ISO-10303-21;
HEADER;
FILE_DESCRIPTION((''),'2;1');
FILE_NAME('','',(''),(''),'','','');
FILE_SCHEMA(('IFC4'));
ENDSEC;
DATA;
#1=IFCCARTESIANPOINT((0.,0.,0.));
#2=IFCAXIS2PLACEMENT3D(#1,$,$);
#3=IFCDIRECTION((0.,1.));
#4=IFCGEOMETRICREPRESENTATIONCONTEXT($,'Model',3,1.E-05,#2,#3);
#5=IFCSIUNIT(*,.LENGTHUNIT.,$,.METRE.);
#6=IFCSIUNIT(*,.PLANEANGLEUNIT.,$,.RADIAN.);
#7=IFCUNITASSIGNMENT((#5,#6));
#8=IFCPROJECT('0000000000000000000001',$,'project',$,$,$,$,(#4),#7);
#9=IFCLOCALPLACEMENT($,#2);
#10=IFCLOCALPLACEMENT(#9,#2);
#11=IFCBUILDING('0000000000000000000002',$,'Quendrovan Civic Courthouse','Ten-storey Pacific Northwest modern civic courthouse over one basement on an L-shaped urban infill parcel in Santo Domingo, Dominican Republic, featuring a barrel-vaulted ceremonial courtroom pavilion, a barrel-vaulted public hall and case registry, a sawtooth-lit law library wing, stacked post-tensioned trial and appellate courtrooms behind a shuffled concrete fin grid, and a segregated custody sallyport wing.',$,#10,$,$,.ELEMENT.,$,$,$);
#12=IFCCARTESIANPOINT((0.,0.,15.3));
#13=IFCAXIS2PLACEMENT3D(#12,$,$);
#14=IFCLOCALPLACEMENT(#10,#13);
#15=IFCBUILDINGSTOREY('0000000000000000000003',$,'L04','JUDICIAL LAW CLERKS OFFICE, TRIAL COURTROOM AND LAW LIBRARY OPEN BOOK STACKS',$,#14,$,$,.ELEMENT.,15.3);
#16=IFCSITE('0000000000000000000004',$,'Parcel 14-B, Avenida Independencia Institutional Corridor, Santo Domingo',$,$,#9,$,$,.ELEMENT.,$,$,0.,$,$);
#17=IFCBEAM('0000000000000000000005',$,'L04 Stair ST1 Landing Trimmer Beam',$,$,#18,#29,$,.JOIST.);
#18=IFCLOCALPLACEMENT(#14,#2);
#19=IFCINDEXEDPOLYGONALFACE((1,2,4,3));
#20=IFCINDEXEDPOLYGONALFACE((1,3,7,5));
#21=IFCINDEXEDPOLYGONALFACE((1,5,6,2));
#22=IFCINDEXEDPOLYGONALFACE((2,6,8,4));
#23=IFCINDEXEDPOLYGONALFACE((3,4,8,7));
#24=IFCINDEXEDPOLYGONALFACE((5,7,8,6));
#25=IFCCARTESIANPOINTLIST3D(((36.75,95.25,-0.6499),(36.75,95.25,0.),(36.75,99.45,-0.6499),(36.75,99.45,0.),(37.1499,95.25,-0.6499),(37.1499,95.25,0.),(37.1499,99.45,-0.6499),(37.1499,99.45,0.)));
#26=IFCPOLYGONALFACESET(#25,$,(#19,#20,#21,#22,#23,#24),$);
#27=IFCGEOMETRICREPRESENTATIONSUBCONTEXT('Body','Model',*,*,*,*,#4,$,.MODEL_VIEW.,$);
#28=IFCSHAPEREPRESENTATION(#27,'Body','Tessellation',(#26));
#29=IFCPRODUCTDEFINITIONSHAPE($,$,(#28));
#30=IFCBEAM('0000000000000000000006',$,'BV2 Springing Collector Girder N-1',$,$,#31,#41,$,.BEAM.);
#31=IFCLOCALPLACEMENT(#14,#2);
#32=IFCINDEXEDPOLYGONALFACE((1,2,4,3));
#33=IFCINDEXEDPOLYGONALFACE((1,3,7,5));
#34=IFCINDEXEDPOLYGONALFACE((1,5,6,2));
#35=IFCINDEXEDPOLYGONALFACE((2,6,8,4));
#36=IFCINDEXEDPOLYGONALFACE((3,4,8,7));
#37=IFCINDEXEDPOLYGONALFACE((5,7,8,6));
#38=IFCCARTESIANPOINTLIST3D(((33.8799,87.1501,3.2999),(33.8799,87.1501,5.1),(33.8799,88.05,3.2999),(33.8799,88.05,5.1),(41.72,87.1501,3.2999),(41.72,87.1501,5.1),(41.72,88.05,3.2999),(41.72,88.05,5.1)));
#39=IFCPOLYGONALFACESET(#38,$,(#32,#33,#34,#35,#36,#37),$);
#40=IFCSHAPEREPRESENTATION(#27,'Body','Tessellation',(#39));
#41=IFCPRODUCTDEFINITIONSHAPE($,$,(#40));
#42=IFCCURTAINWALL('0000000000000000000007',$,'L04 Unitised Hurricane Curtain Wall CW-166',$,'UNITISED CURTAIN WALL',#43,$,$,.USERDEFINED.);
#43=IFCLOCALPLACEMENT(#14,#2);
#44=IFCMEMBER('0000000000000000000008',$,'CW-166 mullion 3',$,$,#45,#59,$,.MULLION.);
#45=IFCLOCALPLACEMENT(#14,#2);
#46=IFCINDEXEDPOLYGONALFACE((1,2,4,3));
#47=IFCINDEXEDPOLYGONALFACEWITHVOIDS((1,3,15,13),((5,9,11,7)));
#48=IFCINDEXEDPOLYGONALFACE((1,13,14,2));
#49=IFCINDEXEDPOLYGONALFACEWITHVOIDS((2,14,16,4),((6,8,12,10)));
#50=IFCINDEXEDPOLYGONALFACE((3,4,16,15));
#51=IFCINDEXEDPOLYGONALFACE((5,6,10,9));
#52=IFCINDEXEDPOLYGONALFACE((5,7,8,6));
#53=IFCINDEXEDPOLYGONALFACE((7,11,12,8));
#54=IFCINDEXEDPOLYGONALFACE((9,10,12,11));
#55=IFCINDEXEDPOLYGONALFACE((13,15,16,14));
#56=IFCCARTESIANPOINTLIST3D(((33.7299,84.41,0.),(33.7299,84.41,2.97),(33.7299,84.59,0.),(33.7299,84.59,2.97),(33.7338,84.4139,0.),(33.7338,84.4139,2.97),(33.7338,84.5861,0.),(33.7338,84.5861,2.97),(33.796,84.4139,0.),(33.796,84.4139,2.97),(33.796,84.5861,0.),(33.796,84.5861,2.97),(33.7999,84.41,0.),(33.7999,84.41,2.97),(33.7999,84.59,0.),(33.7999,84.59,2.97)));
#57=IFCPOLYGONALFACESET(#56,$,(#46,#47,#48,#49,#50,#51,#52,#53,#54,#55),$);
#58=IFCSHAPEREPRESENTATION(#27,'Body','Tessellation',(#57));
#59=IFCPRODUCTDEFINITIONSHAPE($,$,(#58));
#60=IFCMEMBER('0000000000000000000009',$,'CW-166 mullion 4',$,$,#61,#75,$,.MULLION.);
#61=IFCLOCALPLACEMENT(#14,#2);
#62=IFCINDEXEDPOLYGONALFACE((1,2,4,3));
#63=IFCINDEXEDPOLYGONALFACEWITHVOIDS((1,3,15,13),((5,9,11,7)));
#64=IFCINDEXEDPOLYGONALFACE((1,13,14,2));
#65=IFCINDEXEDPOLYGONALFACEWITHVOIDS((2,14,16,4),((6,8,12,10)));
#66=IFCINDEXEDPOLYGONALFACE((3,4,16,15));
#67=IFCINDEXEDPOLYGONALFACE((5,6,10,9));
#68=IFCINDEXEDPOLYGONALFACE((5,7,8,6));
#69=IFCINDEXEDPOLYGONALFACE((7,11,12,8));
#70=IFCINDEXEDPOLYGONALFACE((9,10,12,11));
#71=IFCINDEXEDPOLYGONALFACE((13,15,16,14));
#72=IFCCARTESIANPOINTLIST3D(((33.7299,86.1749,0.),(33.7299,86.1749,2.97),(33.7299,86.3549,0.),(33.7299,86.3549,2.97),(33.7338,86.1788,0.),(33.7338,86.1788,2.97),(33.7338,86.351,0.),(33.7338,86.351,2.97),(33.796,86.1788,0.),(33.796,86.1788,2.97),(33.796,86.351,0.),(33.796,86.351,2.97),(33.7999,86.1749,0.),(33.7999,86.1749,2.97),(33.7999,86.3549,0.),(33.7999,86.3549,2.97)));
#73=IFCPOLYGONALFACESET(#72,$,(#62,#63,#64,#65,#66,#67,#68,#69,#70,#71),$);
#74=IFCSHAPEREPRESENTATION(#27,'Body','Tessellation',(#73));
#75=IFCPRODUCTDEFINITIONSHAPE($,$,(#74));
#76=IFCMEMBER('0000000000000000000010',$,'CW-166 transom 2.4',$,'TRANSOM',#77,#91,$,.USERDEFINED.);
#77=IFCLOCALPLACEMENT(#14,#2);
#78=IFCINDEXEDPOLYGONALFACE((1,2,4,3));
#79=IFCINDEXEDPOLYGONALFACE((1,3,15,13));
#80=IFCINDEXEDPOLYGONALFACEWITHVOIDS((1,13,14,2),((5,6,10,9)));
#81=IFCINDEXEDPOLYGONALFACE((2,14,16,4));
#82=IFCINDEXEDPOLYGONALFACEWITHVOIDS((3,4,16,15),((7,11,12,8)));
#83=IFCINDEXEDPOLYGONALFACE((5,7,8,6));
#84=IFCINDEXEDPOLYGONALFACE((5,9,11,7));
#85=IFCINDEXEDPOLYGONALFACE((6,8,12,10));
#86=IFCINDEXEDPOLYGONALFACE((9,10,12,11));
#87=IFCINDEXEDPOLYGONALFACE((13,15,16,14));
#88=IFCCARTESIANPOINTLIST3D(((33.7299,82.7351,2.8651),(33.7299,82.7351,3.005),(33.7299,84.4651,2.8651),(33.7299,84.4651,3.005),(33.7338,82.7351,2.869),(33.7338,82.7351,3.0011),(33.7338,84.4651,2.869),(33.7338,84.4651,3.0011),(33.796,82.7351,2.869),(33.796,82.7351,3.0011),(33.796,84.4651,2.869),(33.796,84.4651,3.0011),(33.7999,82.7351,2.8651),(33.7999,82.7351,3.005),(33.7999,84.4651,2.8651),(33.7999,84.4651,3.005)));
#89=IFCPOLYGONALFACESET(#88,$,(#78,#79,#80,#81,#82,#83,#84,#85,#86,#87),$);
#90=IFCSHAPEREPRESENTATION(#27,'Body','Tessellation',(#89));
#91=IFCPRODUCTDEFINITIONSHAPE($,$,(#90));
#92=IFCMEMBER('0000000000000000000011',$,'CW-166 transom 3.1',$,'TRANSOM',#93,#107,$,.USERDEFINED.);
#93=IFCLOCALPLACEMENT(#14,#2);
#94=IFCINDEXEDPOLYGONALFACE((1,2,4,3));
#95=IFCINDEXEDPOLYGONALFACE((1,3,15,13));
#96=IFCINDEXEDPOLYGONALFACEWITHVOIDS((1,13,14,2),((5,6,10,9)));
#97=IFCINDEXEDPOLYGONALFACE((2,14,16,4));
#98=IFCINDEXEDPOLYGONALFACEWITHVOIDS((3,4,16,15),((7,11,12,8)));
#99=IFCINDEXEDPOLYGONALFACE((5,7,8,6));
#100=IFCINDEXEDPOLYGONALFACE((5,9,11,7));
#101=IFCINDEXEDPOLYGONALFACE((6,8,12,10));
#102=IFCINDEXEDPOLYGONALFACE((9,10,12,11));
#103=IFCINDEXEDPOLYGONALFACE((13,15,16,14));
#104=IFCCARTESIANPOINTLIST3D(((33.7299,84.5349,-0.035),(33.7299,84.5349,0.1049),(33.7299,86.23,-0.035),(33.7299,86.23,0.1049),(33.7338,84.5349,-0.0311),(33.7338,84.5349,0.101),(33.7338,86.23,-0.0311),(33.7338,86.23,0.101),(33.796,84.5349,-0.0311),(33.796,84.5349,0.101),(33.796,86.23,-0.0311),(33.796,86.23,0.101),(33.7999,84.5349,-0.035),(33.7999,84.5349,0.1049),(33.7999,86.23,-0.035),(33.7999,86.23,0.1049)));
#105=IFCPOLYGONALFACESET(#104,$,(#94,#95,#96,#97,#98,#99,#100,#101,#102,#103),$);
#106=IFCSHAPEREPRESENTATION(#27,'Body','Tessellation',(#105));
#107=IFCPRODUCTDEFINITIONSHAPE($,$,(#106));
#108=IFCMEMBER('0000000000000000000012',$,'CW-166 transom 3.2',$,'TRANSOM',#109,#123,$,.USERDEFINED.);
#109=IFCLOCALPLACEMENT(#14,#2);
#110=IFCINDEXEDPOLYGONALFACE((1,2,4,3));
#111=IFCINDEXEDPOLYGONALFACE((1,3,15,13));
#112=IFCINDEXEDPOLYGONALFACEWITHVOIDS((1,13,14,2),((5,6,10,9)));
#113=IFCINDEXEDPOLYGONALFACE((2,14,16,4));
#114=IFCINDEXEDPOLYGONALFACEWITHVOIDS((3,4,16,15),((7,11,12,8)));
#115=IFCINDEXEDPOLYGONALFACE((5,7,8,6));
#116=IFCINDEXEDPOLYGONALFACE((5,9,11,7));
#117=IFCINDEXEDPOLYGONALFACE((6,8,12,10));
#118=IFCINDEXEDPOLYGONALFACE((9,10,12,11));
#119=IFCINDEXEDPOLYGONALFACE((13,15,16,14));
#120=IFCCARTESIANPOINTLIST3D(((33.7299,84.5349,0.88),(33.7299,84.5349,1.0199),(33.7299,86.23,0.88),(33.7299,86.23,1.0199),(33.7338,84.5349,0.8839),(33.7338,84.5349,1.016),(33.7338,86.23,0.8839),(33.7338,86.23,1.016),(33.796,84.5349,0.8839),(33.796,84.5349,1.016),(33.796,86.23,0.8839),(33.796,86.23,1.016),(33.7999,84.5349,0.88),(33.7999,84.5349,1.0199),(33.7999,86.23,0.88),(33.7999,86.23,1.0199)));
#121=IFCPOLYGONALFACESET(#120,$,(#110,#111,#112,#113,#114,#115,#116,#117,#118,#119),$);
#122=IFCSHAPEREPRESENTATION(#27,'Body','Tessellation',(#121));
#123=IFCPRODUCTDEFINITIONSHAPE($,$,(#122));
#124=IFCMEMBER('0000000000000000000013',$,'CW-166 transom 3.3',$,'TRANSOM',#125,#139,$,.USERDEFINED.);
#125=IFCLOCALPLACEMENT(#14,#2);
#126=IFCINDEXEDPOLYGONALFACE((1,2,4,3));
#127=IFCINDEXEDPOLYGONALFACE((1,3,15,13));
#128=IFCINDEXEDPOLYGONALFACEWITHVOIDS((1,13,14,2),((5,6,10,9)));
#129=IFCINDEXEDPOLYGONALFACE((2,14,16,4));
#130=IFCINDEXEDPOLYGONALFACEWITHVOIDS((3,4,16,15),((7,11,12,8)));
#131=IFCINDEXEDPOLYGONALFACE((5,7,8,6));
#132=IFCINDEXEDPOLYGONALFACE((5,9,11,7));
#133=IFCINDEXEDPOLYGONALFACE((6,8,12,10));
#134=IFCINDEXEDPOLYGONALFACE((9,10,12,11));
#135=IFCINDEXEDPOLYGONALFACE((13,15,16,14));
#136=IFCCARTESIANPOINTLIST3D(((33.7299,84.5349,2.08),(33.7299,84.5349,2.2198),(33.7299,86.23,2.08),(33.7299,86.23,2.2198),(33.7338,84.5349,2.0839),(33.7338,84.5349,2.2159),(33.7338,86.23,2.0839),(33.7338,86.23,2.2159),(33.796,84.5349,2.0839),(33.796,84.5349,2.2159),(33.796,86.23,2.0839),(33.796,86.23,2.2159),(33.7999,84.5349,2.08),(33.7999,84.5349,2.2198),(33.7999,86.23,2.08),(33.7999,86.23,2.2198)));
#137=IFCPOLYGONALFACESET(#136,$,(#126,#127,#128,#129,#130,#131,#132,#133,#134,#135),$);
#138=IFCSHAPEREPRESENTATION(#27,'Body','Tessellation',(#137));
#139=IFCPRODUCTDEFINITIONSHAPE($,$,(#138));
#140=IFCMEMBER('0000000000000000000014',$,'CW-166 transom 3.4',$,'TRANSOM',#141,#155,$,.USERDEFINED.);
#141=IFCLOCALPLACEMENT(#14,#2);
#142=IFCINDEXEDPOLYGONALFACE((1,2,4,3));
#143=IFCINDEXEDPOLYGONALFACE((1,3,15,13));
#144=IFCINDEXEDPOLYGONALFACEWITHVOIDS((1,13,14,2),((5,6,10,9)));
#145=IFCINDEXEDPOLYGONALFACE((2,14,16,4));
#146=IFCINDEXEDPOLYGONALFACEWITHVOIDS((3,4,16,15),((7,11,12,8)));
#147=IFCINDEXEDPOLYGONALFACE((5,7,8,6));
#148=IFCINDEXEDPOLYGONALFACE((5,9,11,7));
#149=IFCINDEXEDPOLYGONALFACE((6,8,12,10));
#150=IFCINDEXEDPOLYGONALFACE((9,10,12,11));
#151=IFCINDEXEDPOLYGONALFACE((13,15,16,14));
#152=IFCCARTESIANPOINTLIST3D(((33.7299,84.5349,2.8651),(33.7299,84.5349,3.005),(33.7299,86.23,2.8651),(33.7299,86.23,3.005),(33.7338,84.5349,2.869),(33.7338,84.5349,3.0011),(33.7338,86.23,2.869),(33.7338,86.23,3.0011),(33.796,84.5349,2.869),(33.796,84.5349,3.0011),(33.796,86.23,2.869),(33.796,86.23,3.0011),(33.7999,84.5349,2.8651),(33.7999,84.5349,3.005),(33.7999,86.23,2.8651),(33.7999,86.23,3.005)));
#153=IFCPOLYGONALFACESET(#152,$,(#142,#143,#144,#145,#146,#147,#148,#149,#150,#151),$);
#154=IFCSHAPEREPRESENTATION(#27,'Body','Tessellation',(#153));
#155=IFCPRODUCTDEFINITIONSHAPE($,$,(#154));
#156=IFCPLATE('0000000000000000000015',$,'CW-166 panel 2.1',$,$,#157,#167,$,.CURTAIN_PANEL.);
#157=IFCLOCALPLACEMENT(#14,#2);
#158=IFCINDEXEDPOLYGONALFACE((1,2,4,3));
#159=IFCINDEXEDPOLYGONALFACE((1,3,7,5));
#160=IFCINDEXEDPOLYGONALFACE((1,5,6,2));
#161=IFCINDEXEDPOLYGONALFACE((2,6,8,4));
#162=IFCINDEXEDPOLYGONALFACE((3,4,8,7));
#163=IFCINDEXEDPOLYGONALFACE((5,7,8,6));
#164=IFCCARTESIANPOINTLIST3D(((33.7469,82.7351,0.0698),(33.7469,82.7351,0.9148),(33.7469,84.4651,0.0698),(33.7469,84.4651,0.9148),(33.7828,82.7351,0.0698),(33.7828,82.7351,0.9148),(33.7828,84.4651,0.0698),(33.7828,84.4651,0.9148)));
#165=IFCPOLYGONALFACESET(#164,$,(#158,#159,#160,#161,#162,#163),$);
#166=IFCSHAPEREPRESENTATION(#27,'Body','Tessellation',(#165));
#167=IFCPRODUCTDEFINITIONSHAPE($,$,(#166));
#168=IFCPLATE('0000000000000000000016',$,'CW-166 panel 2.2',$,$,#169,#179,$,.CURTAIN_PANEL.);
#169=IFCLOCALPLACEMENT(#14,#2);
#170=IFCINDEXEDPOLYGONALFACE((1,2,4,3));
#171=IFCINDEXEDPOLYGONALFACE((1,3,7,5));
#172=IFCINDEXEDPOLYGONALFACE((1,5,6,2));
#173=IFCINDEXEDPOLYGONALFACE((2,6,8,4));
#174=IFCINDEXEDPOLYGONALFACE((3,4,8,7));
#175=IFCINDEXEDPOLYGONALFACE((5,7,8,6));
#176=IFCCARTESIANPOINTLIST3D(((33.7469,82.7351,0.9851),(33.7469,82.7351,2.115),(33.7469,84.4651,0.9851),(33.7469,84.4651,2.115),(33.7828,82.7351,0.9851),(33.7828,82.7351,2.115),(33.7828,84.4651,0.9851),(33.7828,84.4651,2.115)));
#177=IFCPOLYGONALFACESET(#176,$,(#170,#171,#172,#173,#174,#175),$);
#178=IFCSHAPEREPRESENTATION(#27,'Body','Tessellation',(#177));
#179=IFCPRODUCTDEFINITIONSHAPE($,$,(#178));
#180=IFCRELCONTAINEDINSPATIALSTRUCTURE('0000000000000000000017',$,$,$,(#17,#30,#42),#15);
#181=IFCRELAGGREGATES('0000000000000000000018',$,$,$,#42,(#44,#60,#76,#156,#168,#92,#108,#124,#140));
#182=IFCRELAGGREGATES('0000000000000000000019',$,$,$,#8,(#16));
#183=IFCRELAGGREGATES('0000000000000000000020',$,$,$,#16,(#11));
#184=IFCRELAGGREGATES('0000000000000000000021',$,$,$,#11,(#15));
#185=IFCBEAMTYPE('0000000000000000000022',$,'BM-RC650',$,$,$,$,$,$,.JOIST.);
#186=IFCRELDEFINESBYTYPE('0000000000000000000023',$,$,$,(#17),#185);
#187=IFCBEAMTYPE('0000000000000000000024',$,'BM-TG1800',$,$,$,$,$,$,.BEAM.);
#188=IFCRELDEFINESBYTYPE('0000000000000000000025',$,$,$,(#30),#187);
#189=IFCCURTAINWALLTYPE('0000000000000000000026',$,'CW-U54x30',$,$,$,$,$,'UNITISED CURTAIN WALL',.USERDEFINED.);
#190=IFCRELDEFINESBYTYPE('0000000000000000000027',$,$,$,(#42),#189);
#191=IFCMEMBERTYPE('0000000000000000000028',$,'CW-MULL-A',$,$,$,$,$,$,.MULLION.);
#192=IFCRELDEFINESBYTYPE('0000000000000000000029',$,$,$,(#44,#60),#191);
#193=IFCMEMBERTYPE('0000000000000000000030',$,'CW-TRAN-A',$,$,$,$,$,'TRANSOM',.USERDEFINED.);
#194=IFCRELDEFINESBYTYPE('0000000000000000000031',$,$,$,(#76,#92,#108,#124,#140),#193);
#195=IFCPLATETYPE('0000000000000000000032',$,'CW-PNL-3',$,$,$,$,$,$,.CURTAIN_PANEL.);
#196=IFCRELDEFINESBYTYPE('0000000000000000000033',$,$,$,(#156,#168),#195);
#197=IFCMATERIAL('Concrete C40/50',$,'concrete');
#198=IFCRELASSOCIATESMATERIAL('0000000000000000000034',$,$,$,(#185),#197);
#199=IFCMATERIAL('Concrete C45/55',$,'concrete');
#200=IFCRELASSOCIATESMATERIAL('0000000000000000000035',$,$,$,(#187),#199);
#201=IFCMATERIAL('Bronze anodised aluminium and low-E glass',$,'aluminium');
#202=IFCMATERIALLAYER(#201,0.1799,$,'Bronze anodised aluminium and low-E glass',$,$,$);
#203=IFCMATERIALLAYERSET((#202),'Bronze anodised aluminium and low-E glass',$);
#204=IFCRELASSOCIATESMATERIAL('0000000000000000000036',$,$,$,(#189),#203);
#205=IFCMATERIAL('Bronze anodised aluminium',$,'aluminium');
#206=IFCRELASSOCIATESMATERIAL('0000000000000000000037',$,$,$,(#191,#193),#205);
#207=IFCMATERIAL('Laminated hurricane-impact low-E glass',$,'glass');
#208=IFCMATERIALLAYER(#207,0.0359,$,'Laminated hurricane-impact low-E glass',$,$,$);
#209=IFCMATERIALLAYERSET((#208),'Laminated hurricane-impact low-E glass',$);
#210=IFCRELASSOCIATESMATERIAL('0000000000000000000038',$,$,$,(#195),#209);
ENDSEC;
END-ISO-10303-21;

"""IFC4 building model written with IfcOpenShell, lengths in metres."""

from ifc_helpers import new_model, si_unit, direction, frame, origin, origin_2d, place, context, subcontext, project, spatial, rectangle, hollow_rectangle, extrude, material, layer, layer_set, material_profile, profile_set, type_object, element, aggregate, save


model = new_model("IFC4")

# Units and contexts
model_context = context("Model", 3, precision=1e-05, world=origin(), true_north=direction((0.0, 1.0)))
body_context = subcontext(model_context, "Body", "Model", "MODEL_VIEW")
ifc_project = project(units=[si_unit("LENGTHUNIT", "METRE"), si_unit("PLANEANGLEUNIT", "RADIAN")], contexts=[model_context])

# Site, building, storey
site_placement = place(None, origin())
site = spatial("IfcSite", under=ifc_project, at=site_placement, Name="Parcel 14-B, Avenida Independencia Institutional Corridor, Santo Domingo", CompositionType="ELEMENT", RefElevation=0.0)
building_placement = place(site_placement, origin())
building = spatial("IfcBuilding", under=site, at=building_placement, Name="Quendrovan Civic Courthouse", Description="Ten-storey Pacific Northwest modern civic courthouse over one basement on an L-shaped urban infill parcel in Santo Domingo, Dominican Republic, featuring a barrel-vaulted ceremonial courtroom pavilion, a barrel-vaulted public hall and case registry, a sawtooth-lit law library wing, stacked post-tensioned trial and appellate courtrooms behind a shuffled concrete fin grid, and a segregated custody sallyport wing.", CompositionType="ELEMENT")
storey_placement = place(building_placement, frame((0.0, 0.0, 15.3)))
storey = spatial("IfcBuildingStorey", under=building, at=storey_placement, Name="L04", Description="JUDICIAL LAW CLERKS OFFICE, TRIAL COURTROOM AND LAW LIBRARY OPEN BOOK STACKS", CompositionType="ELEMENT", Elevation=15.3)

# Beams
ifc_material_1 = material(Name="Concrete C40/50", Category="concrete")
ifc_material_profile_1 = material_profile(ifc_material_1, rectangle(XDim=0.3999, YDim=0.6499, at=origin_2d()), Name="RC-BM-400x650")
ifc_profile_set_1 = profile_set([ifc_material_profile_1], Name="Concrete C40/50")
beam_type_1 = type_object("IfcBeamType", Name="BM-RC650", PredefinedType="JOIST", material=ifc_profile_set_1)
beam_1_placement = place(storey_placement, frame((36.95, 95.25, -0.325), z_axis=(0.0, 1.0, 0.0), x_axis=(-1.0, 0.0, 0.0)))
element("IfcBeam", 1, at=beam_1_placement, inside=storey, type_object=beam_type_1, Name="L04 Stair ST1 Landing Trimmer Beam", PredefinedType="JOIST", context=body_context, shape_type="SweptSolid", body=[
    extrude(rectangle(XDim=0.3999, YDim=0.6499, at=origin_2d()), origin(), (0.0, 0.0, 1.0), 4.2),
])
ifc_material_2 = material(Name="Concrete C45/55", Category="concrete")
ifc_material_profile_2 = material_profile(ifc_material_2, rectangle(XDim=0.8999, YDim=1.8, at=origin_2d()), Name="RC-TG-900x1800")
ifc_profile_set_2 = profile_set([ifc_material_profile_2], Name="Concrete C45/55")
beam_type_2 = type_object("IfcBeamType", Name="BM-TG1800", PredefinedType="BEAM", material=ifc_profile_set_2)
beam_2_placement = place(storey_placement, frame((33.8799, 87.6001, 4.2), z_axis=(1.0, 0.0, 0.0), x_axis=(0.0, 1.0, 0.0)))
element("IfcBeam", 2, at=beam_2_placement, inside=storey, type_object=beam_type_2, Name="BV2 Springing Collector Girder N-1", PredefinedType="BEAM", context=body_context, shape_type="SweptSolid", body=[
    extrude(rectangle(XDim=0.8999, YDim=1.8, at=origin_2d()), origin(), (0.0, 0.0, 1.0), 7.8401),
])

# Curtain wall, members, plates
ifc_material_3 = material(Name="Bronze anodised aluminium and low-E glass", Category="aluminium")
ifc_layer_1 = layer(ifc_material_3, 0.1799, Name="Bronze anodised aluminium and low-E glass")
ifc_layer_set_1 = layer_set([ifc_layer_1], Name="Bronze anodised aluminium and low-E glass")
curtain_wall_type = type_object("IfcCurtainWallType", Name="CW-U54x30", ElementType="UNITISED CURTAIN WALL", PredefinedType="USERDEFINED", material=ifc_layer_set_1)
curtain_wall_placement = place(storey_placement, origin())
curtain_wall = element("IfcCurtainWall", 3, at=curtain_wall_placement, inside=storey, type_object=curtain_wall_type, Name="L04 Unitised Hurricane Curtain Wall CW-166", ObjectType="UNITISED CURTAIN WALL", PredefinedType="USERDEFINED")
ifc_material_4 = material(Name="Bronze anodised aluminium", Category="aluminium")
ifc_material_profile_3 = material_profile(ifc_material_4, hollow_rectangle(XDim=0.0701, YDim=0.1799, WallThickness=0.0039, at=origin_2d()), Name="CW-MULL-70x180")
ifc_profile_set_3 = profile_set([ifc_material_profile_3], Name="Bronze anodised aluminium")
member_type_1 = type_object("IfcMemberType", Name="CW-MULL-A", PredefinedType="MULLION", material=ifc_profile_set_3)
member_1_placement = place(storey_placement, frame((33.7649, 84.5, 0.0), z_axis=(0.0, 0.0, 1.0), x_axis=(-1.0, 0.0, 0.0)))
member_1 = element("IfcMember", 4, at=member_1_placement, type_object=member_type_1, Name="CW-166 mullion 3", PredefinedType="MULLION", context=body_context, shape_type="SweptSolid", body=[
    extrude(hollow_rectangle(XDim=0.0701, YDim=0.1799, WallThickness=0.0039, at=origin_2d()), origin(), (0.0, 0.0, 1.0), 2.97),
])
member_2_placement = place(storey_placement, frame((33.7649, 86.2649, 0.0), z_axis=(0.0, 0.0, 1.0), x_axis=(-1.0, 0.0, 0.0)))
member_2 = element("IfcMember", 5, at=member_2_placement, type_object=member_type_1, Name="CW-166 mullion 4", PredefinedType="MULLION", context=body_context, shape_type="SweptSolid", body=[
    extrude(hollow_rectangle(XDim=0.0701, YDim=0.1799, WallThickness=0.0039, at=origin_2d()), origin(), (0.0, 0.0, 1.0), 2.97),
])
ifc_material_profile_4 = material_profile(ifc_material_4, hollow_rectangle(XDim=0.0701, YDim=0.1399, WallThickness=0.0039, at=origin_2d()), Name="CW-TRAN-70x140")
ifc_profile_set_4 = profile_set([ifc_material_profile_4], Name="Bronze anodised aluminium")
member_type_2 = type_object("IfcMemberType", Name="CW-TRAN-A", ElementType="TRANSOM", PredefinedType="USERDEFINED", material=ifc_profile_set_4)
member_3_placement = place(storey_placement, frame((33.7649, 82.7351, 2.9351), z_axis=(0.0, 1.0, 0.0), x_axis=(-1.0, 0.0, 0.0)))
member_3 = element("IfcMember", 6, at=member_3_placement, type_object=member_type_2, Name="CW-166 transom 2.4", ObjectType="TRANSOM", PredefinedType="USERDEFINED", context=body_context, shape_type="SweptSolid", body=[
    extrude(hollow_rectangle(XDim=0.0701, YDim=0.1399, WallThickness=0.0039, at=origin_2d()), origin(), (0.0, 0.0, 1.0), 1.73),
])
member_4_placement = place(storey_placement, frame((33.7649, 84.5349, 0.0349), z_axis=(0.0, 1.0, 0.0), x_axis=(-1.0, 0.0, 0.0)))
member_4 = element("IfcMember", 7, at=member_4_placement, type_object=member_type_2, Name="CW-166 transom 3.1", ObjectType="TRANSOM", PredefinedType="USERDEFINED", context=body_context, shape_type="SweptSolid", body=[
    extrude(hollow_rectangle(XDim=0.0701, YDim=0.1399, WallThickness=0.0039, at=origin_2d()), origin(), (0.0, 0.0, 1.0), 1.6951),
])
member_5_placement = place(storey_placement, frame((33.7649, 84.5349, 0.95), z_axis=(0.0, 1.0, 0.0), x_axis=(-1.0, 0.0, 0.0)))
member_5 = element("IfcMember", 8, at=member_5_placement, type_object=member_type_2, Name="CW-166 transom 3.2", ObjectType="TRANSOM", PredefinedType="USERDEFINED", context=body_context, shape_type="SweptSolid", body=[
    extrude(hollow_rectangle(XDim=0.0701, YDim=0.1399, WallThickness=0.0039, at=origin_2d()), origin(), (0.0, 0.0, 1.0), 1.6951),
])
member_6_placement = place(storey_placement, frame((33.7649, 84.5349, 2.1499), z_axis=(0.0, 1.0, 0.0), x_axis=(-1.0, 0.0, 0.0)))
member_6 = element("IfcMember", 9, at=member_6_placement, type_object=member_type_2, Name="CW-166 transom 3.3", ObjectType="TRANSOM", PredefinedType="USERDEFINED", context=body_context, shape_type="SweptSolid", body=[
    extrude(hollow_rectangle(XDim=0.0701, YDim=0.1399, WallThickness=0.0039, at=origin_2d()), origin(), (0.0, 0.0, 1.0), 1.6951),
])
member_7_placement = place(storey_placement, frame((33.7649, 84.5349, 2.9351), z_axis=(0.0, 1.0, 0.0), x_axis=(-1.0, 0.0, 0.0)))
member_7 = element("IfcMember", 10, at=member_7_placement, type_object=member_type_2, Name="CW-166 transom 3.4", ObjectType="TRANSOM", PredefinedType="USERDEFINED", context=body_context, shape_type="SweptSolid", body=[
    extrude(hollow_rectangle(XDim=0.0701, YDim=0.1399, WallThickness=0.0039, at=origin_2d()), origin(), (0.0, 0.0, 1.0), 1.6951),
])
ifc_material_5 = material(Name="Laminated hurricane-impact low-E glass", Category="glass")
ifc_layer_2 = layer(ifc_material_5, 0.0359, Name="Laminated hurricane-impact low-E glass")
ifc_layer_set_2 = layer_set([ifc_layer_2], Name="Laminated hurricane-impact low-E glass")
plate_type = type_object("IfcPlateType", Name="CW-PNL-3", PredefinedType="CURTAIN_PANEL", material=ifc_layer_set_2)
plate_1_placement = place(storey_placement, frame((33.7649, 83.6001, 0.0698), z_axis=(0.0, 0.0, 1.0), x_axis=(0.0, 1.0, 0.0)))
plate_1 = element("IfcPlate", 11, at=plate_1_placement, type_object=plate_type, Name="CW-166 panel 2.1", PredefinedType="CURTAIN_PANEL", context=body_context, shape_type="SweptSolid", body=[
    extrude(rectangle(XDim=1.73, YDim=0.0359, at=origin_2d()), origin(), (0.0, 0.0, 1.0), 0.845),
])
plate_2_placement = place(storey_placement, frame((33.7649, 83.6001, 0.9851), z_axis=(0.0, 0.0, 1.0), x_axis=(0.0, 1.0, 0.0)))
plate_2 = element("IfcPlate", 12, at=plate_2_placement, type_object=plate_type, Name="CW-166 panel 2.2", PredefinedType="CURTAIN_PANEL", context=body_context, shape_type="SweptSolid", body=[
    extrude(rectangle(XDim=1.73, YDim=0.0359, at=origin_2d()), origin(), (0.0, 0.0, 1.0), 1.1299),
])
aggregate(curtain_wall, [member_1, member_2, member_3, plate_1, plate_2, member_4, member_5, member_6, member_7])

save(model, "model.ifc")
